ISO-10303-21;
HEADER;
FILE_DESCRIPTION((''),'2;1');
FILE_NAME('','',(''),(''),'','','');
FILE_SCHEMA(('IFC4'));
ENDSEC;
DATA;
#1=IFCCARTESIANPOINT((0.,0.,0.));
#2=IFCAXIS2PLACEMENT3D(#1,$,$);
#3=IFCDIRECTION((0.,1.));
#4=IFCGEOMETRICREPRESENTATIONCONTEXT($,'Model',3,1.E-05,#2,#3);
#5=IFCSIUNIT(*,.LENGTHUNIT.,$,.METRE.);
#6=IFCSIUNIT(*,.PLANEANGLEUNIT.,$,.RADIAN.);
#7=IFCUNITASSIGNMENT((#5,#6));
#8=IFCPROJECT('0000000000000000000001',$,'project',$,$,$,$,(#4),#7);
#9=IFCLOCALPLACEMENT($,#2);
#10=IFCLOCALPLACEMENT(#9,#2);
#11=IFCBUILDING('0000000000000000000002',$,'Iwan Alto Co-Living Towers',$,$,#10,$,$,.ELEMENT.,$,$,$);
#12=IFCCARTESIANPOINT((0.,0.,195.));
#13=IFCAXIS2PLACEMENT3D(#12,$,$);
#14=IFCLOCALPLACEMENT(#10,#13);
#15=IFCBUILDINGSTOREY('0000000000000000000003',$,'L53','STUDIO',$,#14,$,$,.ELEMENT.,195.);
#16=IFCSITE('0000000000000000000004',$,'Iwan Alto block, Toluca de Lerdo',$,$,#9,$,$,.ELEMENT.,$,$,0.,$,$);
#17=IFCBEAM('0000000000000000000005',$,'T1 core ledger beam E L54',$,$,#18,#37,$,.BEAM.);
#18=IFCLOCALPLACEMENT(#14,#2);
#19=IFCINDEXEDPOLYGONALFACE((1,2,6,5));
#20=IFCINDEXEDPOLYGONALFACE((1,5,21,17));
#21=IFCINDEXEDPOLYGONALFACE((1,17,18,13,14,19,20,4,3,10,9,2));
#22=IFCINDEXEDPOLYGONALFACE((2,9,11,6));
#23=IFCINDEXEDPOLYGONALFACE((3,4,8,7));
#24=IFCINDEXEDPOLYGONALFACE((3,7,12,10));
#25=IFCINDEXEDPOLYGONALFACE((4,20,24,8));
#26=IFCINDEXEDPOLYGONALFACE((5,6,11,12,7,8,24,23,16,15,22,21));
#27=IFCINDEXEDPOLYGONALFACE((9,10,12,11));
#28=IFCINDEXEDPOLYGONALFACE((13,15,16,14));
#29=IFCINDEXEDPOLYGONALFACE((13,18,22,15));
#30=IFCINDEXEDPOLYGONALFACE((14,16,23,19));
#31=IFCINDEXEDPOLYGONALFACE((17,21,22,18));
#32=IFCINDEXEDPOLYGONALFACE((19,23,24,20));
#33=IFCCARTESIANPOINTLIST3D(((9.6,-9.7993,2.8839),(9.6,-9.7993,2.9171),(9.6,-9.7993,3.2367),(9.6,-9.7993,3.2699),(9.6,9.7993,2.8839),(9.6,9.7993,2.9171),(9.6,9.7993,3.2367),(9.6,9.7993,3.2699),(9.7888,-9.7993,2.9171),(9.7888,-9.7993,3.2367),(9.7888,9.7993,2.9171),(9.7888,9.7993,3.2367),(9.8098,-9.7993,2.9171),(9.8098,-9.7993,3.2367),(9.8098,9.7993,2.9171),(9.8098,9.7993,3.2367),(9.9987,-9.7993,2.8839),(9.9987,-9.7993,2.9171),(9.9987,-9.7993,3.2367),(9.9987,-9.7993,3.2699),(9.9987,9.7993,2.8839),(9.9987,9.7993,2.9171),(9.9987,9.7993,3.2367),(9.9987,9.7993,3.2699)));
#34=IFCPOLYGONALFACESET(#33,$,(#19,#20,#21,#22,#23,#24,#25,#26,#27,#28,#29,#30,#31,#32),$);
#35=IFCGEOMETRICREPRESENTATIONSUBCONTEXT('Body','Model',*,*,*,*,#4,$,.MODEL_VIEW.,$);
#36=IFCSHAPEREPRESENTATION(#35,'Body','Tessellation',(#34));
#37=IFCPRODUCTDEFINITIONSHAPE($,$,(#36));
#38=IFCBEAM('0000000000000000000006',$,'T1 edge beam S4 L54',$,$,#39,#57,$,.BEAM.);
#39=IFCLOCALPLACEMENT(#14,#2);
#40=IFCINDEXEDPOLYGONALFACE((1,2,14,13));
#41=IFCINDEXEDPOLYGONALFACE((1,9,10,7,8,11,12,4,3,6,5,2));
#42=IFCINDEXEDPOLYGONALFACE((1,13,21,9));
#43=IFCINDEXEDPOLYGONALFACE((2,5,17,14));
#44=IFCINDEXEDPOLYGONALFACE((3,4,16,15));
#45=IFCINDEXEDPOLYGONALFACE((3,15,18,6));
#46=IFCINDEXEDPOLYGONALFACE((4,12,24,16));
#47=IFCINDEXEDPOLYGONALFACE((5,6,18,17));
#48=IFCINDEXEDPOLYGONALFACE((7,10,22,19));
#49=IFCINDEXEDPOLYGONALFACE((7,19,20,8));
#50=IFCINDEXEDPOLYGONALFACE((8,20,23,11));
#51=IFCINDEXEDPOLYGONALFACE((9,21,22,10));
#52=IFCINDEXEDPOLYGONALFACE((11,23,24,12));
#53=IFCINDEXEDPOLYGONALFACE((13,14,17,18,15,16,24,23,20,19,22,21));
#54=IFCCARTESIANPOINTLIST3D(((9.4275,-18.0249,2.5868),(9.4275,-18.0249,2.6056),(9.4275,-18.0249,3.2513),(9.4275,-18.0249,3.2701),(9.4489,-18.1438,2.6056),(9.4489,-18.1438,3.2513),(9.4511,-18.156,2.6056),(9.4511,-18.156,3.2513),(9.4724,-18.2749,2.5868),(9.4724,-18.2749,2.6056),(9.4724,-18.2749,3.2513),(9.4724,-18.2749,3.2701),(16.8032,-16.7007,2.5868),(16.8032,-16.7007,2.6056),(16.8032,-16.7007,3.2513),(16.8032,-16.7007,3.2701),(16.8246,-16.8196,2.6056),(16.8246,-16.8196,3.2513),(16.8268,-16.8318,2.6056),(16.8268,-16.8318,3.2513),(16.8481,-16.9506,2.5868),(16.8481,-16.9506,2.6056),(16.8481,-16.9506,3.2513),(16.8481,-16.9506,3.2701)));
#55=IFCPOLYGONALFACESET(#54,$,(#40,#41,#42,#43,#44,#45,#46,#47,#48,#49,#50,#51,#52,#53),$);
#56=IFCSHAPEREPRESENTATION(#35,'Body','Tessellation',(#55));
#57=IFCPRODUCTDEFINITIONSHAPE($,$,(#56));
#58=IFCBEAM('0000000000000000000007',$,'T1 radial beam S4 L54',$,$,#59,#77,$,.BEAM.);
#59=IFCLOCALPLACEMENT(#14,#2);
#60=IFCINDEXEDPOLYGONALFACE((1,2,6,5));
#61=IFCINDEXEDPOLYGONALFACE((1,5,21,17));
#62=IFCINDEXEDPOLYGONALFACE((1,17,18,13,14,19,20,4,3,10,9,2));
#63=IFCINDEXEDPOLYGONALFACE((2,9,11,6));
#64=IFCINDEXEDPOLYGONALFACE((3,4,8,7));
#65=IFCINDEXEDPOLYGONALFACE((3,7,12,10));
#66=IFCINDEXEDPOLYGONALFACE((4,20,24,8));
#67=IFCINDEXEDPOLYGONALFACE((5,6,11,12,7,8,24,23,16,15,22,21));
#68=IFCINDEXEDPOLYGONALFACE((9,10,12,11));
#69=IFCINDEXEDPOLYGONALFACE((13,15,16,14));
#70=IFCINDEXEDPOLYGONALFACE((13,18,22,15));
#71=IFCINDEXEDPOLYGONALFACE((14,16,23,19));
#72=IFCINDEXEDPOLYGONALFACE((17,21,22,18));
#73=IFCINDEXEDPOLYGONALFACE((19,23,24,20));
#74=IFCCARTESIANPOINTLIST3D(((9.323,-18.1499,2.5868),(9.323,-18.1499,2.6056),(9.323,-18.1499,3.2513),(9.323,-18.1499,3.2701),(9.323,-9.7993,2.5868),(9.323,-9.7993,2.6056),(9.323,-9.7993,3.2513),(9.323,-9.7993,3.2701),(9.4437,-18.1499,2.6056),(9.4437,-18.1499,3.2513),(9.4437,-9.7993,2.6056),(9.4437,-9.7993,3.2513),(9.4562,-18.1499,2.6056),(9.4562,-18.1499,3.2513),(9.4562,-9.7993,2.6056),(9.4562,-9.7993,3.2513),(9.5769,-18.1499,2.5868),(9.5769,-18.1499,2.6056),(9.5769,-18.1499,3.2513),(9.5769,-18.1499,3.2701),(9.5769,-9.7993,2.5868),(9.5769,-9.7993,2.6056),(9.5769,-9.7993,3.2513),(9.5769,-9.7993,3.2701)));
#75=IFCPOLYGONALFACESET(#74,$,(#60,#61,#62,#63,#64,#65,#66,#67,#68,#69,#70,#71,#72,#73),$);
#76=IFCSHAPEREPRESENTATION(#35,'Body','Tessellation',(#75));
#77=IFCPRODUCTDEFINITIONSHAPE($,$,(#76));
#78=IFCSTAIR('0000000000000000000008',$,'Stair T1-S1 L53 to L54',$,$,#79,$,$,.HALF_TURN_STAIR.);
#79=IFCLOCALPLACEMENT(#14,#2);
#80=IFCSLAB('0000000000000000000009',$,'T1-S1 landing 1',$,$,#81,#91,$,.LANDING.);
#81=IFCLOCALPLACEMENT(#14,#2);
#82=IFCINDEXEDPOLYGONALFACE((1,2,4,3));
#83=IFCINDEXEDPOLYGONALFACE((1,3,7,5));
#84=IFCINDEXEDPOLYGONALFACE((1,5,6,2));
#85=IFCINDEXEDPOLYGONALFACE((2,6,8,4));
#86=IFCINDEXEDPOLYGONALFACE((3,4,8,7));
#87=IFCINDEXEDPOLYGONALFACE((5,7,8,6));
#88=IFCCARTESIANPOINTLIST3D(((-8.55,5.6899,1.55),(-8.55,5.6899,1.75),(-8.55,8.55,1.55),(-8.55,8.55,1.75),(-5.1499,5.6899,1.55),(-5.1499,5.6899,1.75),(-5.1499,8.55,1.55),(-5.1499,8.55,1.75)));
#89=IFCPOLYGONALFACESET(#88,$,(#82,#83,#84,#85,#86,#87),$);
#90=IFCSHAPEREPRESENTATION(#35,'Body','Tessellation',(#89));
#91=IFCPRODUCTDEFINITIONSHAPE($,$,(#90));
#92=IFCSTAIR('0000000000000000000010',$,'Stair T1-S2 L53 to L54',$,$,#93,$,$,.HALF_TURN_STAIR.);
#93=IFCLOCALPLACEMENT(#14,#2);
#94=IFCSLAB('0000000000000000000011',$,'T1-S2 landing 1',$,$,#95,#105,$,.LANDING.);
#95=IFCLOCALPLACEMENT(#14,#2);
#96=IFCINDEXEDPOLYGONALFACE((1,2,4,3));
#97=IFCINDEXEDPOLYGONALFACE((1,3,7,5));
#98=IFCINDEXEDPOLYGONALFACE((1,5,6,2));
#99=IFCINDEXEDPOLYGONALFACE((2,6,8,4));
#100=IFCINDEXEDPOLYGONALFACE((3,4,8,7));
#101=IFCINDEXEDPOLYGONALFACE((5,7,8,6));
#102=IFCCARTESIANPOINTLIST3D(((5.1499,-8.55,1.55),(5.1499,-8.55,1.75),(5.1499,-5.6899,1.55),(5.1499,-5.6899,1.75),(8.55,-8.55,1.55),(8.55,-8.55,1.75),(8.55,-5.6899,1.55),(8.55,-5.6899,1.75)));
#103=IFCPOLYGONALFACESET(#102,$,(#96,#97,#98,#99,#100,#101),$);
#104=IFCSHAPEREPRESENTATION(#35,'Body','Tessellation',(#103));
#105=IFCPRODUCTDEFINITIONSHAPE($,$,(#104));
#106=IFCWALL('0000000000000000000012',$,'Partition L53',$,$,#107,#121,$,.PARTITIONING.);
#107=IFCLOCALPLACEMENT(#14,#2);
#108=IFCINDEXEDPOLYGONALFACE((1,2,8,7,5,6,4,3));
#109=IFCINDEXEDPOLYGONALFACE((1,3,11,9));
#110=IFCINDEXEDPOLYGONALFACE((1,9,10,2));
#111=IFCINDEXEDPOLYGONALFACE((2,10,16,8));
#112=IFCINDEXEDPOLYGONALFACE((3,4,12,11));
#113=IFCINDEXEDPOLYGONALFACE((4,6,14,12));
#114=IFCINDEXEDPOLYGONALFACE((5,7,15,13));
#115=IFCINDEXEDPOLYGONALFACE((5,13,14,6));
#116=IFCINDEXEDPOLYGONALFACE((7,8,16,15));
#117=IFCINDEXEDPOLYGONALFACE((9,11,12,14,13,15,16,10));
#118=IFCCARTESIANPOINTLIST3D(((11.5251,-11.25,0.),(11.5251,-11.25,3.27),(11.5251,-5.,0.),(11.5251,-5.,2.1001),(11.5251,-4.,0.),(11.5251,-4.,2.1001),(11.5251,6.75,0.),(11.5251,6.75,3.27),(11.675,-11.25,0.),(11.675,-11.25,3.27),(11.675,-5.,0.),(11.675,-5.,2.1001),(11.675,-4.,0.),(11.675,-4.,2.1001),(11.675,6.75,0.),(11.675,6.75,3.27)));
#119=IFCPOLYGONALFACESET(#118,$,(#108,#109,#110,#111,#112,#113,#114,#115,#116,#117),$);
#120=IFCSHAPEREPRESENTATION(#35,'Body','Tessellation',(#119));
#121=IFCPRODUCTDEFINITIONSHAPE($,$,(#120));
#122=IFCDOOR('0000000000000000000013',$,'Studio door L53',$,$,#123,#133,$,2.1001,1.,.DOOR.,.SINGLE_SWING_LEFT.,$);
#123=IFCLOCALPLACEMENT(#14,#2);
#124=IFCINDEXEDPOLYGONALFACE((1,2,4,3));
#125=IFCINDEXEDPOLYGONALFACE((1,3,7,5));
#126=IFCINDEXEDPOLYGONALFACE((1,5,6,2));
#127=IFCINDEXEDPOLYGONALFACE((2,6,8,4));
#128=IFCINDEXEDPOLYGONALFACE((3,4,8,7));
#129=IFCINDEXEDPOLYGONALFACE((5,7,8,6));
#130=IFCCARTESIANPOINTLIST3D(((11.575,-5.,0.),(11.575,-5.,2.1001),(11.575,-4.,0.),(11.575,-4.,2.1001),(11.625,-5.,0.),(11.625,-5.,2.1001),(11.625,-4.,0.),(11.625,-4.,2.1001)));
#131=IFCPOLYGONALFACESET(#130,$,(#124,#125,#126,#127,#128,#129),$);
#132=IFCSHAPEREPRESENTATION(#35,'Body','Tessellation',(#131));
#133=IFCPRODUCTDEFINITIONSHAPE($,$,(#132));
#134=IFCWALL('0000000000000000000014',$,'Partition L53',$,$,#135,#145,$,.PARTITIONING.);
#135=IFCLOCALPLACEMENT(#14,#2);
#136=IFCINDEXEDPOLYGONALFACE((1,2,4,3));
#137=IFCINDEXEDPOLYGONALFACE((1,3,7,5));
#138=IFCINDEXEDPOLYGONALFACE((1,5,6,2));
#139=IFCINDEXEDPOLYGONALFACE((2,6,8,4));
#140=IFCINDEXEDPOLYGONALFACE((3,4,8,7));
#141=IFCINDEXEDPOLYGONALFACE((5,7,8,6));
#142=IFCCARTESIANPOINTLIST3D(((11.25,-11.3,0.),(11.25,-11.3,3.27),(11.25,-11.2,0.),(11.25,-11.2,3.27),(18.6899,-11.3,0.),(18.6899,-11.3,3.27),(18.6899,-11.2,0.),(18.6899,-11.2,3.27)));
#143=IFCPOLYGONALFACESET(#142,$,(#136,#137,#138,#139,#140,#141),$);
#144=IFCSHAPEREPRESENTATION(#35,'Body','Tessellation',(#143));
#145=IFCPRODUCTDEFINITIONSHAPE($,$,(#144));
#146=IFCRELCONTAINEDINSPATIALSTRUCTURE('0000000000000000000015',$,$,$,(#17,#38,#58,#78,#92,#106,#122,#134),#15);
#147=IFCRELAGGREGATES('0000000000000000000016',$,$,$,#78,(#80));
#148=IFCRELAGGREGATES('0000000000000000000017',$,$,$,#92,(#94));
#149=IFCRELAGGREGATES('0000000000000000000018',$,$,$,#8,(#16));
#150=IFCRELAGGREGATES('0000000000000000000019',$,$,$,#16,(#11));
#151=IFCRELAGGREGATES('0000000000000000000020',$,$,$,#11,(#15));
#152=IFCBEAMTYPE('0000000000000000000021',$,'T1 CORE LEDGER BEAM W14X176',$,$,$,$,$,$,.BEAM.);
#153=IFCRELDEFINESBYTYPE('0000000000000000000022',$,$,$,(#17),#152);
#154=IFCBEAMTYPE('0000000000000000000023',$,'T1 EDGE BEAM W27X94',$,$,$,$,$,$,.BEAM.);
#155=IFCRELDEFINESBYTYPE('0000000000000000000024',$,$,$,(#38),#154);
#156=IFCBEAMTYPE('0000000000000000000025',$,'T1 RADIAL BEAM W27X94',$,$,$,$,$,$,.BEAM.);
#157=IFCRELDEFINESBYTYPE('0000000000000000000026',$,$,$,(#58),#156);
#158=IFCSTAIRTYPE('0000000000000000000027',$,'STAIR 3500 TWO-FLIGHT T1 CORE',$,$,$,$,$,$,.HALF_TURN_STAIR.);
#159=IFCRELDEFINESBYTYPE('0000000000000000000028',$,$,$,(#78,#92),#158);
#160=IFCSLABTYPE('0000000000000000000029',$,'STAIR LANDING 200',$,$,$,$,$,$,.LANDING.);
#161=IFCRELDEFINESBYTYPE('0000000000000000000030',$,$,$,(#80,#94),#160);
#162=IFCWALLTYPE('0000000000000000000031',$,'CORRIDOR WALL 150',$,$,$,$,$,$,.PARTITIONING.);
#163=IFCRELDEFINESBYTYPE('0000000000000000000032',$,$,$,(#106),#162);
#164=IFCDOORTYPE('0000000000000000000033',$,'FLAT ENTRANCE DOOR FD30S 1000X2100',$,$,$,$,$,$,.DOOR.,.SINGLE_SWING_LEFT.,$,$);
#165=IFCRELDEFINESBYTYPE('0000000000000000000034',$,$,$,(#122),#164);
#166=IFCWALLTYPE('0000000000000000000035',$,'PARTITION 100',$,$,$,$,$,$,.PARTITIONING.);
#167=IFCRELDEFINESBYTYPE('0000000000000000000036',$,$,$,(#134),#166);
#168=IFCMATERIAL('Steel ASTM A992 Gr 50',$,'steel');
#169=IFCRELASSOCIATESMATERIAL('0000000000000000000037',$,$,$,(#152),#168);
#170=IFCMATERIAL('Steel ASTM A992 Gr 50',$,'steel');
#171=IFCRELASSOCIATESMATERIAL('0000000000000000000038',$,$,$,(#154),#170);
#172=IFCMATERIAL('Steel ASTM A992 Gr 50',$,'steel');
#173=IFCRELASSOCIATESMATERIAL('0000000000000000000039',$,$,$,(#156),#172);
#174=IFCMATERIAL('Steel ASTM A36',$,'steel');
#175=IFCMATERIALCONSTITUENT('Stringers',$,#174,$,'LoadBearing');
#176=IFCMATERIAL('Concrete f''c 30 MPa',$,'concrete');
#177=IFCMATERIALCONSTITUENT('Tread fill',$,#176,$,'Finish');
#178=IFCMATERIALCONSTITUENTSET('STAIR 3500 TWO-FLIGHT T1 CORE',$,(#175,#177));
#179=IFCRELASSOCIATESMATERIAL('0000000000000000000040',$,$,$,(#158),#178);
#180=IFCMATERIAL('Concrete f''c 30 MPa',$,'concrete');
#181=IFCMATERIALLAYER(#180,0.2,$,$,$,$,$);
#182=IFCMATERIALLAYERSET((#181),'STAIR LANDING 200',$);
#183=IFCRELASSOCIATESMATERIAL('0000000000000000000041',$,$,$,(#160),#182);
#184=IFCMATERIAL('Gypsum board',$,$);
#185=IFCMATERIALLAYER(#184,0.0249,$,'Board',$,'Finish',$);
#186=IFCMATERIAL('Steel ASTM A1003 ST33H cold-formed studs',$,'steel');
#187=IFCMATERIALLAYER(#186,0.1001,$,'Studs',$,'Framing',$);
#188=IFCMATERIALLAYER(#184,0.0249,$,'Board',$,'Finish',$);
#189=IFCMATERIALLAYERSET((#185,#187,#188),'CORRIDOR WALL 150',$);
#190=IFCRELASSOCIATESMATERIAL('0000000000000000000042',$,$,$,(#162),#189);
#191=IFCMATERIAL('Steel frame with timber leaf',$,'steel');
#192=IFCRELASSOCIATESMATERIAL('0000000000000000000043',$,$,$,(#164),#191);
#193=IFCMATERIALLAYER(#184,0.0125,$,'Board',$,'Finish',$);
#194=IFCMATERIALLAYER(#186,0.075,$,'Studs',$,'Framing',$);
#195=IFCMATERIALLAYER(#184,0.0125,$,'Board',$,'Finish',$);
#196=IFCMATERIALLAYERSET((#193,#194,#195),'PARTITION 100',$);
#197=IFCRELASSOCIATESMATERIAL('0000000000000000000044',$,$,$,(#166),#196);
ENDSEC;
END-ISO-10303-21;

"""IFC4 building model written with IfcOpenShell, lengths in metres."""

from ifc_helpers import new_model, si_unit, direction, frame, frame_2d, origin, origin_2d, place, context, subcontext, project, spatial, polyline, rectangle, i_section, outline, extrude, material, layer, layer_set, constituent, constituent_set, material_profile, profile_set, type_object, element, fill, aggregate, save


model = new_model("IFC4")

# Units and contexts
model_context = context("Model", 3, precision=1e-05, world=origin(), true_north=direction((0.0, 1.0)))
body_context = subcontext(model_context, "Body", "Model", "MODEL_VIEW")
ifc_project = project(units=[si_unit("LENGTHUNIT", "METRE"), si_unit("PLANEANGLEUNIT", "RADIAN")], contexts=[model_context])

# Site, building, storey
site_placement = place(None, origin())
site = spatial("IfcSite", under=ifc_project, at=site_placement, Name="Iwan Alto block, Toluca de Lerdo", CompositionType="ELEMENT", RefElevation=0.0)
building_placement = place(site_placement, origin())
building = spatial("IfcBuilding", under=site, at=building_placement, Name="Iwan Alto Co-Living Towers", CompositionType="ELEMENT")
storey_placement = place(building_placement, frame((0.0, 0.0, 195.0)))
storey = spatial("IfcBuildingStorey", under=building, at=storey_placement, Name="L53", Description="STUDIO", CompositionType="ELEMENT", Elevation=195.0)

# Beams
ifc_material_1 = material(Name="Steel ASTM A992 Gr 50", Category="steel")
ifc_material_profile_1 = material_profile(ifc_material_1, i_section(OverallWidth=0.3987, OverallDepth=0.386, WebThickness=0.021, FlangeThickness=0.0332, at=origin_2d()), Name="W14X176")
ifc_profile_set_1 = profile_set([ifc_material_profile_1], Name="Steel ASTM A992 Gr 50")
beam_type_1 = type_object("IfcBeamType", Name="T1 CORE LEDGER BEAM W14X176", PredefinedType="BEAM", material=ifc_profile_set_1)
beam_1_placement = place(storey_placement, frame((9.7993, -9.7993, 3.0769), z_axis=(0.0, 1.0, 0.0), x_axis=(-1.0, 0.0, 0.0)))
element("IfcBeam", 1, at=beam_1_placement, inside=storey, type_object=beam_type_1, Name="T1 core ledger beam E L54", PredefinedType="BEAM", context=body_context, shape_type="SweptSolid", body=[
    extrude(i_section(OverallWidth=0.3987, OverallDepth=0.386, WebThickness=0.021, FlangeThickness=0.0332, at=origin_2d()), origin(), (0.0, 0.0, 1.0), 19.5986),
])
ifc_material_2 = material(Name="Steel ASTM A992 Gr 50", Category="steel")
ifc_material_profile_2 = material_profile(ifc_material_2, i_section(OverallWidth=0.2539, OverallDepth=0.6833, WebThickness=0.0125, FlangeThickness=0.0188, at=origin_2d()), Name="W27X94")
ifc_profile_set_2 = profile_set([ifc_material_profile_2], Name="Steel ASTM A992 Gr 50")
beam_type_2 = type_object("IfcBeamType", Name="T1 EDGE BEAM W27X94", PredefinedType="BEAM", material=ifc_profile_set_2)
beam_2_placement = place(storey_placement, frame((9.45, -18.1499, 2.9285), z_axis=(0.984263, 0.176712, 0.0), x_axis=(-0.176712, 0.984263, 0.0)))
element("IfcBeam", 2, at=beam_2_placement, inside=storey, type_object=beam_type_2, Name="T1 edge beam S4 L54", PredefinedType="BEAM", context=body_context, shape_type="SweptSolid", body=[
    extrude(i_section(OverallWidth=0.2539, OverallDepth=0.6833, WebThickness=0.0125, FlangeThickness=0.0188, at=origin_2d()), origin(), (0.0, 0.0, 1.0), 7.4937),
])
ifc_material_3 = material(Name="Steel ASTM A992 Gr 50", Category="steel")
ifc_material_profile_3 = material_profile(ifc_material_3, i_section(OverallWidth=0.2539, OverallDepth=0.6833, WebThickness=0.0125, FlangeThickness=0.0188, at=origin_2d()), Name="W27X94")
ifc_profile_set_3 = profile_set([ifc_material_profile_3], Name="Steel ASTM A992 Gr 50")
beam_type_3 = type_object("IfcBeamType", Name="T1 RADIAL BEAM W27X94", PredefinedType="BEAM", material=ifc_profile_set_3)
beam_3_placement = place(storey_placement, frame((9.45, -18.1499, 2.9285), z_axis=(0.0, 1.0, 0.0), x_axis=(-1.0, 0.0, 0.0)))
element("IfcBeam", 3, at=beam_3_placement, inside=storey, type_object=beam_type_3, Name="T1 radial beam S4 L54", PredefinedType="BEAM", context=body_context, shape_type="SweptSolid", body=[
    extrude(i_section(OverallWidth=0.2539, OverallDepth=0.6833, WebThickness=0.0125, FlangeThickness=0.0188, at=origin_2d()), origin(), (0.0, 0.0, 1.0), 8.3506),
])

# Stairs, slabs
ifc_material_4 = material(Name="Steel ASTM A36", Category="steel")
ifc_constituent_1 = constituent(ifc_material_4, Name="Stringers", Category="LoadBearing")
ifc_material_5 = material(Name="Concrete f'c 30 MPa", Category="concrete")
ifc_constituent_2 = constituent(ifc_material_5, Name="Tread fill", Category="Finish")
ifc_constituent_set_1 = constituent_set(constituents=[ifc_constituent_1, ifc_constituent_2], Name="STAIR 3500 TWO-FLIGHT T1 CORE")
stair_type = type_object("IfcStairType", Name="STAIR 3500 TWO-FLIGHT T1 CORE", PredefinedType="HALF_TURN_STAIR", material=ifc_constituent_set_1)
stair_1_placement = place(storey_placement, origin())
stair_1 = element("IfcStair", 4, at=stair_1_placement, inside=storey, type_object=stair_type, Name="Stair T1-S1 L53 to L54", PredefinedType="HALF_TURN_STAIR")
ifc_material_6 = material(Name="Concrete f'c 30 MPa", Category="concrete")
ifc_layer_1 = layer(ifc_material_6, 0.2)
ifc_layer_set_1 = layer_set([ifc_layer_1], Name="STAIR LANDING 200")
slab_type = type_object("IfcSlabType", Name="STAIR LANDING 200", PredefinedType="LANDING", material=ifc_layer_set_1)
slab_1_placement = place(storey_placement, frame((0.0, 0.0, 1.55)))
slab_1 = element("IfcSlab", 5, at=slab_1_placement, type_object=slab_type, Name="T1-S1 landing 1", PredefinedType="LANDING", context=body_context, shape_type="SweptSolid", body=[
    extrude(outline(polyline([(-8.55, 5.6899), (-8.55, 8.55), (-5.1499, 8.55), (-5.1499, 5.6899), (-8.55, 5.6899)])), origin(), (0.0, 0.0, 1.0), 0.2),
])
aggregate(stair_1, [slab_1])
stair_2_placement = place(storey_placement, origin())
stair_2 = element("IfcStair", 6, at=stair_2_placement, inside=storey, type_object=stair_type, Name="Stair T1-S2 L53 to L54", PredefinedType="HALF_TURN_STAIR")
slab_2_placement = place(storey_placement, frame((0.0, 0.0, 1.55)))
slab_2 = element("IfcSlab", 7, at=slab_2_placement, type_object=slab_type, Name="T1-S2 landing 1", PredefinedType="LANDING", context=body_context, shape_type="SweptSolid", body=[
    extrude(outline(polyline([(5.1499, -5.6899), (5.1499, -8.55), (8.55, -8.55), (8.55, -5.6899), (5.1499, -5.6899)])), origin(), (0.0, 0.0, 1.0), 0.2),
])

# Wall, opening, door
ifc_material_7 = material(Name="Gypsum board")
ifc_layer_2 = layer(ifc_material_7, 0.0249, Name="Board", Category="Finish")
ifc_material_8 = material(Name="Steel ASTM A1003 ST33H cold-formed studs", Category="steel")
ifc_layer_3 = layer(ifc_material_8, 0.1001, Name="Studs", Category="Framing")
ifc_layer_4 = layer(ifc_material_7, 0.0249, Name="Board", Category="Finish")
ifc_layer_set_2 = layer_set([ifc_layer_2, ifc_layer_3, ifc_layer_4], Name="CORRIDOR WALL 150")
wall_type_1 = type_object("IfcWallType", Name="CORRIDOR WALL 150", PredefinedType="PARTITIONING", material=ifc_layer_set_2)
wall_1_placement = place(storey_placement, frame((11.6001, -11.25, 0.0), z_axis=(0.0, 0.0, 1.0), x_axis=(0.0, 1.0, 0.0)))
wall_1 = element("IfcWall", 8, at=wall_1_placement, inside=storey, type_object=wall_type_1, Name="Partition L53", PredefinedType="PARTITIONING", context=body_context, shape_type="SweptSolid", body=[
    extrude(rectangle(XDim=18.0, YDim=0.1499, at=frame_2d((9.0, 0.0))), origin(), (0.0, 0.0, 1.0), 3.27),
])
opening_1_placement = place(wall_1_placement, frame((6.25, 0.0, 0.0)))
opening_1 = element("IfcOpeningElement", 9, at=opening_1_placement, cuts=wall_1, PredefinedType="OPENING", context=body_context, shape_type="SweptSolid", body=[
    extrude(rectangle(XDim=1.0, YDim=2.1001, at=frame_2d((0.5, 1.05))), frame((0.0, 0.085, 0.0), z_axis=(0.0, -1.0, 0.0), x_axis=(1.0, 0.0, 0.0)), (0.0, 0.0, 1.0), 0.1699),
])
ifc_material_9 = material(Name="Steel frame with timber leaf", Category="steel")
door_type_1 = type_object("IfcDoorType", Name="FLAT ENTRANCE DOOR FD30S 1000X2100", OperationType="SINGLE_SWING_LEFT", PredefinedType="DOOR", material=ifc_material_9)
door_1_placement = place(opening_1_placement, frame((1.0, 0.0, 0.0), z_axis=(0.0, 0.0, 1.0), x_axis=(-1.0, 0.0, 0.0)))
door_1 = element("IfcDoor", 10, at=door_1_placement, inside=storey, type_object=door_type_1, Name="Studio door L53", OperationType="SINGLE_SWING_LEFT", OverallHeight=2.1001, OverallWidth=1.0, PredefinedType="DOOR", context=body_context, shape_type="SweptSolid", body=[
    extrude(rectangle(XDim=1.0, YDim=2.1001, at=frame_2d((0.5, 1.05))), frame((0.0, 0.0249, 0.0), z_axis=(0.0, -1.0, 0.0), x_axis=(1.0, 0.0, 0.0)), (0.0, 0.0, 1.0), 0.05),
])
fill(opening_1, door_1)

# Wall
ifc_layer_5 = layer(ifc_material_7, 0.0125, Name="Board", Category="Finish")
ifc_layer_6 = layer(ifc_material_8, 0.075, Name="Studs", Category="Framing")
ifc_layer_7 = layer(ifc_material_7, 0.0125, Name="Board", Category="Finish")
ifc_layer_set_3 = layer_set([ifc_layer_5, ifc_layer_6, ifc_layer_7], Name="PARTITION 100")
wall_type_2 = type_object("IfcWallType", Name="PARTITION 100", PredefinedType="PARTITIONING", material=ifc_layer_set_3)
wall_2_placement = place(storey_placement, frame((11.25, -11.25, 0.0), z_axis=(0.0, 0.0, 1.0), x_axis=(1.0, 0.0, 0.0)))
element("IfcWall", 11, at=wall_2_placement, inside=storey, type_object=wall_type_2, Name="Partition L53", PredefinedType="PARTITIONING", context=body_context, shape_type="SweptSolid", body=[
    extrude(rectangle(XDim=7.4399, YDim=0.1001, at=frame_2d((3.72, 0.0))), origin(), (0.0, 0.0, 1.0), 3.27),
])

aggregate(stair_2, [slab_2])

save(model, "model.ifc")
